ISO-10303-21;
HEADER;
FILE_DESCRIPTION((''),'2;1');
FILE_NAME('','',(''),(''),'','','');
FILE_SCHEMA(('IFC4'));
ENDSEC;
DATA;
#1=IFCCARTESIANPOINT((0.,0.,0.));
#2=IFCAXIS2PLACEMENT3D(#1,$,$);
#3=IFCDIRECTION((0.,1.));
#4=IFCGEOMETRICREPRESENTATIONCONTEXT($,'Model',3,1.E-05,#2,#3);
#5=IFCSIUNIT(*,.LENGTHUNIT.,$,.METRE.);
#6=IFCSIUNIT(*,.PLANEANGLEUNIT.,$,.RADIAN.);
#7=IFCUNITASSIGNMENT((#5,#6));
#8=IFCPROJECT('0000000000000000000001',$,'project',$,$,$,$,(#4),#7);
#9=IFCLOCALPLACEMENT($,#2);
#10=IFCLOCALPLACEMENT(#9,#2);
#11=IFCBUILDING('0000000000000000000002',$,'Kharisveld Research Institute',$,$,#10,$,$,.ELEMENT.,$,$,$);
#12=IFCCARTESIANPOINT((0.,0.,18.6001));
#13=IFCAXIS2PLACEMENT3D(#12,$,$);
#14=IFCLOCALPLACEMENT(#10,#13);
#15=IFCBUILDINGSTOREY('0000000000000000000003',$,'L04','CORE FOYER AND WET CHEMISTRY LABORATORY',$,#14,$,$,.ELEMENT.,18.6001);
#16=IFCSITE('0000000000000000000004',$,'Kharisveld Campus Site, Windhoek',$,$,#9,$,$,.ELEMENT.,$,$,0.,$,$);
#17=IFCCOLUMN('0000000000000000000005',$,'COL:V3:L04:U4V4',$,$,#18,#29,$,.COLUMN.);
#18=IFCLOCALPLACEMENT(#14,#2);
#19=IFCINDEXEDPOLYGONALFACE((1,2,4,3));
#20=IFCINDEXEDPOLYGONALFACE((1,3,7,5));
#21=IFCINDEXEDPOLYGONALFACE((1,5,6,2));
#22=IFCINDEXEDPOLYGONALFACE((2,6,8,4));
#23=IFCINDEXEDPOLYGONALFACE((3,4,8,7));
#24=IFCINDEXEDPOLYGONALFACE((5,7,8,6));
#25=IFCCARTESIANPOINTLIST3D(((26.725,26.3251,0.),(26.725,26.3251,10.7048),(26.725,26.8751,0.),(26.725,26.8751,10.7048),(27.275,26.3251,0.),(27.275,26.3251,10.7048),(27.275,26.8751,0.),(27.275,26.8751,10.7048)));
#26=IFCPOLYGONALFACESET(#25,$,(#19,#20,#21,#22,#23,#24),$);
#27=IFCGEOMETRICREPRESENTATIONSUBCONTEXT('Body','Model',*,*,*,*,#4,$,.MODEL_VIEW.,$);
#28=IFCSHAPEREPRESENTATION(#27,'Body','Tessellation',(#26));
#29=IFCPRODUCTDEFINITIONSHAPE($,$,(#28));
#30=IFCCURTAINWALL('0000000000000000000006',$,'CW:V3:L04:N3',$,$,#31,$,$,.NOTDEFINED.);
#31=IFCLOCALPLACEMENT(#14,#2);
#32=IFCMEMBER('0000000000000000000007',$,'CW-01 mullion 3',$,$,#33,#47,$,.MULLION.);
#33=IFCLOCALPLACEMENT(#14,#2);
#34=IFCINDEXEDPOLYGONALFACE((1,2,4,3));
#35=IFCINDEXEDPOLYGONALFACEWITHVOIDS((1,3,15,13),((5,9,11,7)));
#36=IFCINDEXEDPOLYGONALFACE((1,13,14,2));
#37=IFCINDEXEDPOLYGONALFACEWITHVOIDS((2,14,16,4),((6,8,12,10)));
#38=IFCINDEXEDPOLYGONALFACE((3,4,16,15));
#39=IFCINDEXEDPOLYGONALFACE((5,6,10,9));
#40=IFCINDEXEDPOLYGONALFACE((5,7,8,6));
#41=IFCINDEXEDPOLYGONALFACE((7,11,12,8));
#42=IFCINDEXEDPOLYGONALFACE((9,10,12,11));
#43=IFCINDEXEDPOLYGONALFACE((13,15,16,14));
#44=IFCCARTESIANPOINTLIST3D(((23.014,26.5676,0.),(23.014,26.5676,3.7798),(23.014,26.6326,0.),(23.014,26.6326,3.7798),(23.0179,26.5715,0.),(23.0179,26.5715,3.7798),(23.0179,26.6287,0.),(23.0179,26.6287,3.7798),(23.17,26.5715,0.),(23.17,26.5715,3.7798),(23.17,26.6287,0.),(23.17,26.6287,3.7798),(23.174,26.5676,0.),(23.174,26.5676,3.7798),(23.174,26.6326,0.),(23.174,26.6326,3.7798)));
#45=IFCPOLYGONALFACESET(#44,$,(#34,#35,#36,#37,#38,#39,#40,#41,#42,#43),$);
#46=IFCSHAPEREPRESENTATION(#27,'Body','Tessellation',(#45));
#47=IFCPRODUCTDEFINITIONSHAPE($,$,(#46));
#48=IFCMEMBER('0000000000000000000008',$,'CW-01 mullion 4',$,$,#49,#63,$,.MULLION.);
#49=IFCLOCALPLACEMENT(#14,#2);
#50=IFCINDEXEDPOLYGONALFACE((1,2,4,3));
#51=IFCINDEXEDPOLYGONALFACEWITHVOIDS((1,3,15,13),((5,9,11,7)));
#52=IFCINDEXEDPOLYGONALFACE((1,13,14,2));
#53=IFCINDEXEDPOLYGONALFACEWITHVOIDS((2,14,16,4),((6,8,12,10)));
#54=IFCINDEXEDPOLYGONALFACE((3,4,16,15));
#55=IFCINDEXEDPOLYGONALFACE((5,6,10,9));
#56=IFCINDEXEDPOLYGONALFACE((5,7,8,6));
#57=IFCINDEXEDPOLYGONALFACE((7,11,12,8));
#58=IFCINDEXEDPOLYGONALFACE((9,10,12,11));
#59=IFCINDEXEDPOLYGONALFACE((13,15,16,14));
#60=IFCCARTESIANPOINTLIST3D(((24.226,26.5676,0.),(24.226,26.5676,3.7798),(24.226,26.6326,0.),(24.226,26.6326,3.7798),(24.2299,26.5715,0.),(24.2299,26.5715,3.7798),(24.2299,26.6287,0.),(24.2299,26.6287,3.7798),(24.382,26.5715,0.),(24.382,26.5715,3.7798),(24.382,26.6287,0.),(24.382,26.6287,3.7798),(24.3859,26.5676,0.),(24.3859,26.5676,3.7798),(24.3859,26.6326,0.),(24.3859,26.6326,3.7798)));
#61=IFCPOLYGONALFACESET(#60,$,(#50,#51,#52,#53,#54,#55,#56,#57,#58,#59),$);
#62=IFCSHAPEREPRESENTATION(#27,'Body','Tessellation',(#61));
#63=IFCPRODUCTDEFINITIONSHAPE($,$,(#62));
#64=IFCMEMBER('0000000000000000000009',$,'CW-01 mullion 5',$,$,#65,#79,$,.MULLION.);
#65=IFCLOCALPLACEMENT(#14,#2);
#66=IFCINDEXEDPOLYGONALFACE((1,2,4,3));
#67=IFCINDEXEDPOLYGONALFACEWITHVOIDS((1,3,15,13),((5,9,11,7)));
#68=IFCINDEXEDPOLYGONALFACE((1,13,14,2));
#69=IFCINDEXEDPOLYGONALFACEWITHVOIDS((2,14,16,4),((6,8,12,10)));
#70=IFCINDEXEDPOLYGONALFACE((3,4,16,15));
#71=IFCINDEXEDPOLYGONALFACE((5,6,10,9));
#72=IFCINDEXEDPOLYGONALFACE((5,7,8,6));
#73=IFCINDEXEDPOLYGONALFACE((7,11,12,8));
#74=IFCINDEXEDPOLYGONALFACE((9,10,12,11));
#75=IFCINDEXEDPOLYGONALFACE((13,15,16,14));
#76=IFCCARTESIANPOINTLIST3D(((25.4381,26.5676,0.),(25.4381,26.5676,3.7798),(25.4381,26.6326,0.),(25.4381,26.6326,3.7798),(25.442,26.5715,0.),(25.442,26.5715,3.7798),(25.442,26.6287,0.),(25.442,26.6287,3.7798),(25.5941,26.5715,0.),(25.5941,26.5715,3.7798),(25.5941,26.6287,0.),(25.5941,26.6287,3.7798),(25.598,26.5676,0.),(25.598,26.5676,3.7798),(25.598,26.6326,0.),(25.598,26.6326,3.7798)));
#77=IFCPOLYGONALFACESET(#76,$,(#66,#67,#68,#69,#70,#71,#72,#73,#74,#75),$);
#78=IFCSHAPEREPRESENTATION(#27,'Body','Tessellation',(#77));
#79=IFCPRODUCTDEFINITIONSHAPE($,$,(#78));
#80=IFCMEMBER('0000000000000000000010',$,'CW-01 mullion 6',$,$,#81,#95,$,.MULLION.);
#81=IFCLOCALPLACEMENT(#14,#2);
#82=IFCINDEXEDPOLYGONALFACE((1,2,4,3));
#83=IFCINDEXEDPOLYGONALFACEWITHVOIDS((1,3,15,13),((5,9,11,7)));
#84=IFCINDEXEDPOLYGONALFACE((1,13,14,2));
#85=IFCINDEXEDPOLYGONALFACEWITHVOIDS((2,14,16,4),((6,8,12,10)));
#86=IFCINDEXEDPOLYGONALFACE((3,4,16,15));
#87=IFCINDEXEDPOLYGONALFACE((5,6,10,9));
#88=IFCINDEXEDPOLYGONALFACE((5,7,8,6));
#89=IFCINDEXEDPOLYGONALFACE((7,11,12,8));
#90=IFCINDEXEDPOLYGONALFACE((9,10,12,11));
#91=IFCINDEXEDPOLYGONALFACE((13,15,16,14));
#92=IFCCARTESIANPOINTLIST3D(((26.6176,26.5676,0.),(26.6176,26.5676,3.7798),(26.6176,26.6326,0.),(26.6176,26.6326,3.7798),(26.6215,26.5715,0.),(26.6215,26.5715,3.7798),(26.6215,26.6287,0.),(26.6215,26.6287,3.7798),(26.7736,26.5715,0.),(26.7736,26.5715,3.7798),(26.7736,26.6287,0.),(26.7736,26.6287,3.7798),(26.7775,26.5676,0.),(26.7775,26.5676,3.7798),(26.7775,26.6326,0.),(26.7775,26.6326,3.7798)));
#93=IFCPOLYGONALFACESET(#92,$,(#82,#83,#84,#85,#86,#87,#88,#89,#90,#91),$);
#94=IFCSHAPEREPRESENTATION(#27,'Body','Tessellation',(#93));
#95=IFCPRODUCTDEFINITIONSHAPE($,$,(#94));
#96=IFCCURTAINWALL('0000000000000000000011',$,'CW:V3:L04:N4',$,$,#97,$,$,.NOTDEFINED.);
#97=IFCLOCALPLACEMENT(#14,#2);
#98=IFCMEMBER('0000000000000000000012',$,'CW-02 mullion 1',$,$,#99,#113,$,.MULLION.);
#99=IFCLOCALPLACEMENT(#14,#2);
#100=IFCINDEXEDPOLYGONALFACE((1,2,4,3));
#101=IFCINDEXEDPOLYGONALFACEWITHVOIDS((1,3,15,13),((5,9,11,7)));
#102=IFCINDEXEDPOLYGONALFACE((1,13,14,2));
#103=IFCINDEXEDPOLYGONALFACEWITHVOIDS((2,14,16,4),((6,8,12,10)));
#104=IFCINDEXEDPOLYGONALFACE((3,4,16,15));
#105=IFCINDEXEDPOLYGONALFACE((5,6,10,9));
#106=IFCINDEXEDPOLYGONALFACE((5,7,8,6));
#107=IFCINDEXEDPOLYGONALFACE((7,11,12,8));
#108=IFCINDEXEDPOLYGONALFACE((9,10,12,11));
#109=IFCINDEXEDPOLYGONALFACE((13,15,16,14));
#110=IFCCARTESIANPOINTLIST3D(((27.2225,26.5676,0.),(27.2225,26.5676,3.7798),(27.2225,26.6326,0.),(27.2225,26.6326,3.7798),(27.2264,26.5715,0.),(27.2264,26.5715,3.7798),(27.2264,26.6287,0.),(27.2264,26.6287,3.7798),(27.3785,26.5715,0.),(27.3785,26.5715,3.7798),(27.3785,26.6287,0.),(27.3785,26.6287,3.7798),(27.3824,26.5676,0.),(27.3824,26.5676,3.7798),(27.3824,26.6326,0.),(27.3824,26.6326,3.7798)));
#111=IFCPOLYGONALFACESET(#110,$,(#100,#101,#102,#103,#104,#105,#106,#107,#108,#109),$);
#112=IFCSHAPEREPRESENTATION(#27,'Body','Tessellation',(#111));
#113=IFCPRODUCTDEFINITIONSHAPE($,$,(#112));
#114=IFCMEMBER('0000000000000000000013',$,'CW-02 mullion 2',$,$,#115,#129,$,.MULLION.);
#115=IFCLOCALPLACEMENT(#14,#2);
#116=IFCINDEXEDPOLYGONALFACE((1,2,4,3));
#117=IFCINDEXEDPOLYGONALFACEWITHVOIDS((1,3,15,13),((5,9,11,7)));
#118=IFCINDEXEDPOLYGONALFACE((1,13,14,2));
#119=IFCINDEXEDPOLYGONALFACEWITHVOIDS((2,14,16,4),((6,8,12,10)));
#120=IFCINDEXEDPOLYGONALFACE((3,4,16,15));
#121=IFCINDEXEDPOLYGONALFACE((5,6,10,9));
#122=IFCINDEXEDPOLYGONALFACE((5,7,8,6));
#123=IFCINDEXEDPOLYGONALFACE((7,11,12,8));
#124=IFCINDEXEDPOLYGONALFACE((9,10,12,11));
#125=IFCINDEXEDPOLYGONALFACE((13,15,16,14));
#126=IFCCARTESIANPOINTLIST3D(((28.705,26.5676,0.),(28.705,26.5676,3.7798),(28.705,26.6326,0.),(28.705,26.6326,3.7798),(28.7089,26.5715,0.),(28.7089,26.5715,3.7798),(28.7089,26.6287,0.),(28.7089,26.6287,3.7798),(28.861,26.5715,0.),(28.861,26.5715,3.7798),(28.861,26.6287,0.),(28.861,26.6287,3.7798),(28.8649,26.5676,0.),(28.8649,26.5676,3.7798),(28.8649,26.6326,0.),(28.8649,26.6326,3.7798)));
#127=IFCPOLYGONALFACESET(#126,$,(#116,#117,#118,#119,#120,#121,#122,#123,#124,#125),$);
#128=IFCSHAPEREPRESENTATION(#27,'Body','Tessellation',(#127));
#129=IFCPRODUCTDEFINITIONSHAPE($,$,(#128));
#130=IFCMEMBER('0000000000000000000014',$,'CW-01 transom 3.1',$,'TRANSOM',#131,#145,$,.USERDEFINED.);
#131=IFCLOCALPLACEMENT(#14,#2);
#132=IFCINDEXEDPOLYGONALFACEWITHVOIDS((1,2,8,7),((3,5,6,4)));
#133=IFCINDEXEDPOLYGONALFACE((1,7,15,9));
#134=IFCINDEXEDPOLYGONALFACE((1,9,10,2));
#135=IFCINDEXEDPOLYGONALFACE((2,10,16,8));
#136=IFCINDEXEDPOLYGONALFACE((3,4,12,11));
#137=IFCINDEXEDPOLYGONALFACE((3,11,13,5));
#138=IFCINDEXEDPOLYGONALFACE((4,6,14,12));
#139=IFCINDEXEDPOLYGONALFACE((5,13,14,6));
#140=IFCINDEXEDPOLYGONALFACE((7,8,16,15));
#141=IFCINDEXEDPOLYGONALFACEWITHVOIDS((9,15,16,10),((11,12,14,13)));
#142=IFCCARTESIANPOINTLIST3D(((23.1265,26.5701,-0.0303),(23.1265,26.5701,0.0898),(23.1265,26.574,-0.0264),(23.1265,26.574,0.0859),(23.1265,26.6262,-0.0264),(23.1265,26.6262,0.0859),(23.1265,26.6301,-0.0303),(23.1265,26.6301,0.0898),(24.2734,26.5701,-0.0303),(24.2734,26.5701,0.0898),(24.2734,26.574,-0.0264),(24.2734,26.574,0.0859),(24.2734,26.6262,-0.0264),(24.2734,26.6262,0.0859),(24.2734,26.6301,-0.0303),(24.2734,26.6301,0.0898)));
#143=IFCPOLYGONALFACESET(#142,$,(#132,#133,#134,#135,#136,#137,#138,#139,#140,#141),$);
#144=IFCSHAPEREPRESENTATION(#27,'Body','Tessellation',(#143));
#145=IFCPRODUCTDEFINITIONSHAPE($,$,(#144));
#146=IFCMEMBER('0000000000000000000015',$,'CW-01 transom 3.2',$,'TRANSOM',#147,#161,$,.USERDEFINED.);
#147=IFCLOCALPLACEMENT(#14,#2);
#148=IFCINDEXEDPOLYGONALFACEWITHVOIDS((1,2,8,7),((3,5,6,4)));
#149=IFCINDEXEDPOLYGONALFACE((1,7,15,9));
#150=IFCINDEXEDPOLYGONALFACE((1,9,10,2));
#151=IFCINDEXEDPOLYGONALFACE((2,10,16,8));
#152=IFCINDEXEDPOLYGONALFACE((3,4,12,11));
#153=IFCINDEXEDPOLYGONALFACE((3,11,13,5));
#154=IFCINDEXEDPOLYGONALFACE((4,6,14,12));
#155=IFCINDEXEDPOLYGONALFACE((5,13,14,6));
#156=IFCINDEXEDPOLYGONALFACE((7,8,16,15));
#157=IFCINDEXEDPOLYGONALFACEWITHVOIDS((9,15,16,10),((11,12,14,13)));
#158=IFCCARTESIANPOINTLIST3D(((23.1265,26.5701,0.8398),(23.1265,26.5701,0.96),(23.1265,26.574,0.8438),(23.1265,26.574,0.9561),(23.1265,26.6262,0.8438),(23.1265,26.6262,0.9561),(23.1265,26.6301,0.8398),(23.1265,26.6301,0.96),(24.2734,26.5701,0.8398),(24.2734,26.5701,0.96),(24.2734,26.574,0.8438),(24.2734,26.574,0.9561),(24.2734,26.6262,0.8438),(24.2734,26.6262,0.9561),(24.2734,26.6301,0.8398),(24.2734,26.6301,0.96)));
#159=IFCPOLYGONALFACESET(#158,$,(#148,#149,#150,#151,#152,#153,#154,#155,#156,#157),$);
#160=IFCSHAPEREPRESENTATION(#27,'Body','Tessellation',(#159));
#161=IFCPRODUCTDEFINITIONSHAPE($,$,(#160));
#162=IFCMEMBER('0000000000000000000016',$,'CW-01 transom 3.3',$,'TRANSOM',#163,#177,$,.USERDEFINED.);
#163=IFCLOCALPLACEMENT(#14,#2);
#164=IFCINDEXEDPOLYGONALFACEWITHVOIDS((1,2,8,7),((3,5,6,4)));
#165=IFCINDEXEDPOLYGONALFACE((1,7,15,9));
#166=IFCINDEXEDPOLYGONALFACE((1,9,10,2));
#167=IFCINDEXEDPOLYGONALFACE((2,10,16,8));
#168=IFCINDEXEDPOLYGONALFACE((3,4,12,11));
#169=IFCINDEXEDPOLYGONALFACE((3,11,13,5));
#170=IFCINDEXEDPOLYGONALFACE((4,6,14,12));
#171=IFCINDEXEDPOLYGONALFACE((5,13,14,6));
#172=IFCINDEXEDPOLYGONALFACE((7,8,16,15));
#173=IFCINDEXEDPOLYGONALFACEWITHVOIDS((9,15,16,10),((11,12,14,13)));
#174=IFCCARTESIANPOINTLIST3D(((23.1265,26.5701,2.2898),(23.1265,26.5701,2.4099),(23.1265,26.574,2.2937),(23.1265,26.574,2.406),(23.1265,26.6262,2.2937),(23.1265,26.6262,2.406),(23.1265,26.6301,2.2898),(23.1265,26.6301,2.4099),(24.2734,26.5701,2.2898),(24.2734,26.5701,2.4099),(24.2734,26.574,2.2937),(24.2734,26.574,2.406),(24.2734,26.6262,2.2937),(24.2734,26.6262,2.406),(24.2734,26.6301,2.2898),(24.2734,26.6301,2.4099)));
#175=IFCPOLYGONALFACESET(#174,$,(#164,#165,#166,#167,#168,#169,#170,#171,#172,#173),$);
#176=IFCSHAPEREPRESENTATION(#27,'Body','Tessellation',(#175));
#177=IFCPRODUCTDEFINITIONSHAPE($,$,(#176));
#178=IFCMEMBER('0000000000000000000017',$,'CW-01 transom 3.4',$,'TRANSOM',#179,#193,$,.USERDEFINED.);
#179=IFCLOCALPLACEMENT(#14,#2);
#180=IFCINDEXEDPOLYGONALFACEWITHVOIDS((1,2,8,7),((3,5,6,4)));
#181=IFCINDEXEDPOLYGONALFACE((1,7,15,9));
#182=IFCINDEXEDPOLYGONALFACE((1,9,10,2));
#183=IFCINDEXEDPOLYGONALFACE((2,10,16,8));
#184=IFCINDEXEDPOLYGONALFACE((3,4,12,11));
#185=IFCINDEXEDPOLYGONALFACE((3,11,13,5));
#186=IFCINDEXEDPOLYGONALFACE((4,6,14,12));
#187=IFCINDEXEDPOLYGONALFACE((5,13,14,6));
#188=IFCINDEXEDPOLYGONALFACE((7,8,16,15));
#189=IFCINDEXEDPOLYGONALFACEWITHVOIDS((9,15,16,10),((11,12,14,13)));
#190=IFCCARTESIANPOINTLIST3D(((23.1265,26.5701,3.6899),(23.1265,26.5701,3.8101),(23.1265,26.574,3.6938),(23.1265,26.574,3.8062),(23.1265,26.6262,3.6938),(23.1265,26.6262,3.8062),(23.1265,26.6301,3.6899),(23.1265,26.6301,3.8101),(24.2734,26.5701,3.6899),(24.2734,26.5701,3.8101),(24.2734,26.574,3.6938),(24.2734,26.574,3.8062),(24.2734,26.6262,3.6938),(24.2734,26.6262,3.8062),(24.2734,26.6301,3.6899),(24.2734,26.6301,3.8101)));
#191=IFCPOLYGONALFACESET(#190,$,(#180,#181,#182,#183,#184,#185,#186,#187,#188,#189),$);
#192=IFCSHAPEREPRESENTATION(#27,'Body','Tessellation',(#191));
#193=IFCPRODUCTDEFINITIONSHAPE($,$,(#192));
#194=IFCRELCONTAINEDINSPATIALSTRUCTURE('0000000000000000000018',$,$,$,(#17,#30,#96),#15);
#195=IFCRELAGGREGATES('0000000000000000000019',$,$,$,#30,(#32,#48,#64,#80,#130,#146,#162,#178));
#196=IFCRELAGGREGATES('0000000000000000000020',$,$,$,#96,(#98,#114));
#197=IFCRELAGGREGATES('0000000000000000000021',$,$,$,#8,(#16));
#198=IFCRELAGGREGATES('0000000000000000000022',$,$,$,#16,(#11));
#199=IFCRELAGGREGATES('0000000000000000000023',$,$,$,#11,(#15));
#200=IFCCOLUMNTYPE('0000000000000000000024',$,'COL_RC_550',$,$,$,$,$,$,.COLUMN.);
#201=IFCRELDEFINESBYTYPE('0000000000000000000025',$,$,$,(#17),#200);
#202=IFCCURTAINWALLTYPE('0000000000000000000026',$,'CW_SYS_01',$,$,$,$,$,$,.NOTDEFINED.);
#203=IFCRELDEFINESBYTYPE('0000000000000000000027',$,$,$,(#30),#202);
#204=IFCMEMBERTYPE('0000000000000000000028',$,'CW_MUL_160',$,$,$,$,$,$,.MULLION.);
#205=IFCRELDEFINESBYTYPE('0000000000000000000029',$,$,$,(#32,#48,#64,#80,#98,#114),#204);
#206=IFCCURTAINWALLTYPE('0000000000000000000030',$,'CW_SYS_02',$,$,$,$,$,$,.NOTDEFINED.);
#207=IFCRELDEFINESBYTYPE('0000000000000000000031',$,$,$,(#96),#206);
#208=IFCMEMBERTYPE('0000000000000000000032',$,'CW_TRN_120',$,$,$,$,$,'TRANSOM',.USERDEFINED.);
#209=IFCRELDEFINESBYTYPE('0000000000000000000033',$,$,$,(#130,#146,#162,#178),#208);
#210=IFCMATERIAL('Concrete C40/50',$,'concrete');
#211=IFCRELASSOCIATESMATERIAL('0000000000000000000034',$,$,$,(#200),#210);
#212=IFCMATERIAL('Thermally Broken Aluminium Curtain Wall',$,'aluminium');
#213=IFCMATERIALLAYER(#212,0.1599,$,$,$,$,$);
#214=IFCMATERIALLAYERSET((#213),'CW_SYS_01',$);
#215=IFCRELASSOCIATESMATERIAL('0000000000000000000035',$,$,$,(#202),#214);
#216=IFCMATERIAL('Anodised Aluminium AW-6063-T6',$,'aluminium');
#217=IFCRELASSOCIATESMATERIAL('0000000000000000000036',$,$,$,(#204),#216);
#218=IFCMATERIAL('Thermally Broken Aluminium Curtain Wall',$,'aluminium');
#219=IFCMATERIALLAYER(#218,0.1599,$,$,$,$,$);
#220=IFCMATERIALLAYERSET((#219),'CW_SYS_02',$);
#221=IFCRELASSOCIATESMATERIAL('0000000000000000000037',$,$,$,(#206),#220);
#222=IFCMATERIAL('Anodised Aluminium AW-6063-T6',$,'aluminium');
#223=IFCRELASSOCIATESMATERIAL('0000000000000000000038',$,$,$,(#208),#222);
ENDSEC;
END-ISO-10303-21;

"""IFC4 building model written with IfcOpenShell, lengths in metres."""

from ifc_helpers import new_model, si_unit, direction, frame, origin, origin_2d, place, context, subcontext, project, spatial, rectangle, hollow_rectangle, extrude, material, layer, layer_set, material_profile, profile_set, type_object, element, aggregate, save


model = new_model("IFC4")

# Units and contexts
model_context = context("Model", 3, precision=1e-05, world=origin(), true_north=direction((0.0, 1.0)))
body_context = subcontext(model_context, "Body", "Model", "MODEL_VIEW")
ifc_project = project(units=[si_unit("LENGTHUNIT", "METRE"), si_unit("PLANEANGLEUNIT", "RADIAN")], contexts=[model_context])

# Site, building, storey
site_placement = place(None, origin())
site = spatial("IfcSite", under=ifc_project, at=site_placement, Name="Kharisveld Campus Site, Windhoek", CompositionType="ELEMENT", RefElevation=0.0)
building_placement = place(site_placement, origin())
building = spatial("IfcBuilding", under=site, at=building_placement, Name="Kharisveld Research Institute", CompositionType="ELEMENT")
storey_placement = place(building_placement, frame((0.0, 0.0, 18.6001)))
storey = spatial("IfcBuildingStorey", under=building, at=storey_placement, Name="L04", Description="CORE FOYER AND WET CHEMISTRY LABORATORY", CompositionType="ELEMENT", Elevation=18.6001)

# Column
ifc_material_1 = material(Name="Concrete C40/50", Category="concrete")
ifc_material_profile_1 = material_profile(ifc_material_1, rectangle(XDim=0.55, YDim=0.55, at=origin_2d()))
ifc_profile_set_1 = profile_set([ifc_material_profile_1], Name="Concrete C40/50")
column_type = type_object("IfcColumnType", Name="COL_RC_550", PredefinedType="COLUMN", material=ifc_profile_set_1)
column_placement = place(storey_placement, frame((27.0, 26.6001, 0.0), z_axis=(0.0, 0.0, 1.0), x_axis=(1.0, 0.0, 0.0)))
element("IfcColumn", 1, at=column_placement, inside=storey, type_object=column_type, Name="COL:V3:L04:U4V4", PredefinedType="COLUMN", context=body_context, shape_type="SweptSolid", body=[
    extrude(rectangle(XDim=0.55, YDim=0.55, at=origin_2d()), origin(), (0.0, 0.0, 1.0), 10.7048),
])

# Curtain walls, members
ifc_material_2 = material(Name="Thermally Broken Aluminium Curtain Wall", Category="aluminium")
ifc_layer_1 = layer(ifc_material_2, 0.1599)
ifc_layer_set_1 = layer_set([ifc_layer_1], Name="CW_SYS_01")
curtain_wall_type_1 = type_object("IfcCurtainWallType", Name="CW_SYS_01", PredefinedType="NOTDEFINED", material=ifc_layer_set_1)
curtain_wall_1_placement = place(storey_placement, origin())
curtain_wall_1 = element("IfcCurtainWall", 2, at=curtain_wall_1_placement, inside=storey, type_object=curtain_wall_type_1, Name="CW:V3:L04:N3", PredefinedType="NOTDEFINED")
ifc_material_3 = material(Name="Anodised Aluminium AW-6063-T6", Category="aluminium")
ifc_material_profile_2 = material_profile(ifc_material_3, hollow_rectangle(XDim=0.0649, YDim=0.1599, WallThickness=0.0039, at=origin_2d()))
ifc_profile_set_2 = profile_set([ifc_material_profile_2], Name="Anodised Aluminium AW-6063-T6")
member_type_1 = type_object("IfcMemberType", Name="CW_MUL_160", PredefinedType="MULLION", material=ifc_profile_set_2)
member_1_placement = place(storey_placement, frame((23.094, 26.6001, 0.0), z_axis=(0.0, 0.0, 1.0), x_axis=(0.0, 1.0, 0.0)))
member_1 = element("IfcMember", 3, at=member_1_placement, type_object=member_type_1, Name="CW-01 mullion 3", PredefinedType="MULLION", context=body_context, shape_type="SweptSolid", body=[
    extrude(hollow_rectangle(XDim=0.0649, YDim=0.1599, WallThickness=0.0039, at=origin_2d()), origin(), (0.0, 0.0, 1.0), 3.7798),
])
member_2_placement = place(storey_placement, frame((24.3059, 26.6001, 0.0), z_axis=(0.0, 0.0, 1.0), x_axis=(0.0, 1.0, 0.0)))
member_2 = element("IfcMember", 4, at=member_2_placement, type_object=member_type_1, Name="CW-01 mullion 4", PredefinedType="MULLION", context=body_context, shape_type="SweptSolid", body=[
    extrude(hollow_rectangle(XDim=0.0649, YDim=0.1599, WallThickness=0.0039, at=origin_2d()), origin(), (0.0, 0.0, 1.0), 3.7798),
])
member_3_placement = place(storey_placement, frame((25.5181, 26.6001, 0.0), z_axis=(0.0, 0.0, 1.0), x_axis=(0.0, 1.0, 0.0)))
member_3 = element("IfcMember", 5, at=member_3_placement, type_object=member_type_1, Name="CW-01 mullion 5", PredefinedType="MULLION", context=body_context, shape_type="SweptSolid", body=[
    extrude(hollow_rectangle(XDim=0.0649, YDim=0.1599, WallThickness=0.0039, at=origin_2d()), origin(), (0.0, 0.0, 1.0), 3.7798),
])
member_4_placement = place(storey_placement, frame((26.6975, 26.6001, 0.0), z_axis=(0.0, 0.0, 1.0), x_axis=(0.0, 1.0, 0.0)))
member_4 = element("IfcMember", 6, at=member_4_placement, type_object=member_type_1, Name="CW-01 mullion 6", PredefinedType="MULLION", context=body_context, shape_type="SweptSolid", body=[
    extrude(hollow_rectangle(XDim=0.0649, YDim=0.1599, WallThickness=0.0039, at=origin_2d()), origin(), (0.0, 0.0, 1.0), 3.7798),
])
ifc_material_4 = material(Name="Thermally Broken Aluminium Curtain Wall", Category="aluminium")
ifc_layer_2 = layer(ifc_material_4, 0.1599)
ifc_layer_set_2 = layer_set([ifc_layer_2], Name="CW_SYS_02")
curtain_wall_type_2 = type_object("IfcCurtainWallType", Name="CW_SYS_02", PredefinedType="NOTDEFINED", material=ifc_layer_set_2)
curtain_wall_2_placement = place(storey_placement, origin())
curtain_wall_2 = element("IfcCurtainWall", 7, at=curtain_wall_2_placement, inside=storey, type_object=curtain_wall_type_2, Name="CW:V3:L04:N4", PredefinedType="NOTDEFINED")
member_5_placement = place(storey_placement, frame((27.3025, 26.6001, 0.0), z_axis=(0.0, 0.0, 1.0), x_axis=(0.0, 1.0, 0.0)))
member_5 = element("IfcMember", 8, at=member_5_placement, type_object=member_type_1, Name="CW-02 mullion 1", PredefinedType="MULLION", context=body_context, shape_type="SweptSolid", body=[
    extrude(hollow_rectangle(XDim=0.0649, YDim=0.1599, WallThickness=0.0039, at=origin_2d()), origin(), (0.0, 0.0, 1.0), 3.7798),
])
member_6_placement = place(storey_placement, frame((28.7849, 26.6001, 0.0), z_axis=(0.0, 0.0, 1.0), x_axis=(0.0, 1.0, 0.0)))
member_6 = element("IfcMember", 9, at=member_6_placement, type_object=member_type_1, Name="CW-02 mullion 2", PredefinedType="MULLION", context=body_context, shape_type="SweptSolid", body=[
    extrude(hollow_rectangle(XDim=0.0649, YDim=0.1599, WallThickness=0.0039, at=origin_2d()), origin(), (0.0, 0.0, 1.0), 3.7798),
])

# Members
ifc_material_5 = material(Name="Anodised Aluminium AW-6063-T6", Category="aluminium")
ifc_material_profile_3 = material_profile(ifc_material_5, hollow_rectangle(XDim=0.0601, YDim=0.1201, WallThickness=0.0039, at=origin_2d()))
ifc_profile_set_3 = profile_set([ifc_material_profile_3], Name="Anodised Aluminium AW-6063-T6")
member_type_2 = type_object("IfcMemberType", Name="CW_TRN_120", ElementType="TRANSOM", PredefinedType="USERDEFINED", material=ifc_profile_set_3)
member_7_placement = place(storey_placement, frame((23.1265, 26.6001, 0.0298), z_axis=(1.0, 0.0, 0.0), x_axis=(0.0, 1.0, 0.0)))
member_7 = element("IfcMember", 10, at=member_7_placement, type_object=member_type_2, Name="CW-01 transom 3.1", ObjectType="TRANSOM", PredefinedType="USERDEFINED", context=body_context, shape_type="SweptSolid", body=[
    extrude(hollow_rectangle(XDim=0.0601, YDim=0.1201, WallThickness=0.0039, at=origin_2d()), origin(), (0.0, 0.0, 1.0), 1.147),
])
member_8_placement = place(storey_placement, frame((23.1265, 26.6001, 0.8999), z_axis=(1.0, 0.0, 0.0), x_axis=(0.0, 1.0, 0.0)))
member_8 = element("IfcMember", 11, at=member_8_placement, type_object=member_type_2, Name="CW-01 transom 3.2", ObjectType="TRANSOM", PredefinedType="USERDEFINED", context=body_context, shape_type="SweptSolid", body=[
    extrude(hollow_rectangle(XDim=0.0601, YDim=0.1201, WallThickness=0.0039, at=origin_2d()), origin(), (0.0, 0.0, 1.0), 1.147),
])
member_9_placement = place(storey_placement, frame((23.1265, 26.6001, 2.3499), z_axis=(1.0, 0.0, 0.0), x_axis=(0.0, 1.0, 0.0)))
member_9 = element("IfcMember", 12, at=member_9_placement, type_object=member_type_2, Name="CW-01 transom 3.3", ObjectType="TRANSOM", PredefinedType="USERDEFINED", context=body_context, shape_type="SweptSolid", body=[
    extrude(hollow_rectangle(XDim=0.0601, YDim=0.1201, WallThickness=0.0039, at=origin_2d()), origin(), (0.0, 0.0, 1.0), 1.147),
])
member_10_placement = place(storey_placement, frame((23.1265, 26.6001, 3.75), z_axis=(1.0, 0.0, 0.0), x_axis=(0.0, 1.0, 0.0)))
member_10 = element("IfcMember", 13, at=member_10_placement, type_object=member_type_2, Name="CW-01 transom 3.4", ObjectType="TRANSOM", PredefinedType="USERDEFINED", context=body_context, shape_type="SweptSolid", body=[
    extrude(hollow_rectangle(XDim=0.0601, YDim=0.1201, WallThickness=0.0039, at=origin_2d()), origin(), (0.0, 0.0, 1.0), 1.147),
])

aggregate(curtain_wall_1, [member_1, member_2, member_3, member_4, member_7, member_8, member_9, member_10])
aggregate(curtain_wall_2, [member_5, member_6])

save(model, "model.ifc")
